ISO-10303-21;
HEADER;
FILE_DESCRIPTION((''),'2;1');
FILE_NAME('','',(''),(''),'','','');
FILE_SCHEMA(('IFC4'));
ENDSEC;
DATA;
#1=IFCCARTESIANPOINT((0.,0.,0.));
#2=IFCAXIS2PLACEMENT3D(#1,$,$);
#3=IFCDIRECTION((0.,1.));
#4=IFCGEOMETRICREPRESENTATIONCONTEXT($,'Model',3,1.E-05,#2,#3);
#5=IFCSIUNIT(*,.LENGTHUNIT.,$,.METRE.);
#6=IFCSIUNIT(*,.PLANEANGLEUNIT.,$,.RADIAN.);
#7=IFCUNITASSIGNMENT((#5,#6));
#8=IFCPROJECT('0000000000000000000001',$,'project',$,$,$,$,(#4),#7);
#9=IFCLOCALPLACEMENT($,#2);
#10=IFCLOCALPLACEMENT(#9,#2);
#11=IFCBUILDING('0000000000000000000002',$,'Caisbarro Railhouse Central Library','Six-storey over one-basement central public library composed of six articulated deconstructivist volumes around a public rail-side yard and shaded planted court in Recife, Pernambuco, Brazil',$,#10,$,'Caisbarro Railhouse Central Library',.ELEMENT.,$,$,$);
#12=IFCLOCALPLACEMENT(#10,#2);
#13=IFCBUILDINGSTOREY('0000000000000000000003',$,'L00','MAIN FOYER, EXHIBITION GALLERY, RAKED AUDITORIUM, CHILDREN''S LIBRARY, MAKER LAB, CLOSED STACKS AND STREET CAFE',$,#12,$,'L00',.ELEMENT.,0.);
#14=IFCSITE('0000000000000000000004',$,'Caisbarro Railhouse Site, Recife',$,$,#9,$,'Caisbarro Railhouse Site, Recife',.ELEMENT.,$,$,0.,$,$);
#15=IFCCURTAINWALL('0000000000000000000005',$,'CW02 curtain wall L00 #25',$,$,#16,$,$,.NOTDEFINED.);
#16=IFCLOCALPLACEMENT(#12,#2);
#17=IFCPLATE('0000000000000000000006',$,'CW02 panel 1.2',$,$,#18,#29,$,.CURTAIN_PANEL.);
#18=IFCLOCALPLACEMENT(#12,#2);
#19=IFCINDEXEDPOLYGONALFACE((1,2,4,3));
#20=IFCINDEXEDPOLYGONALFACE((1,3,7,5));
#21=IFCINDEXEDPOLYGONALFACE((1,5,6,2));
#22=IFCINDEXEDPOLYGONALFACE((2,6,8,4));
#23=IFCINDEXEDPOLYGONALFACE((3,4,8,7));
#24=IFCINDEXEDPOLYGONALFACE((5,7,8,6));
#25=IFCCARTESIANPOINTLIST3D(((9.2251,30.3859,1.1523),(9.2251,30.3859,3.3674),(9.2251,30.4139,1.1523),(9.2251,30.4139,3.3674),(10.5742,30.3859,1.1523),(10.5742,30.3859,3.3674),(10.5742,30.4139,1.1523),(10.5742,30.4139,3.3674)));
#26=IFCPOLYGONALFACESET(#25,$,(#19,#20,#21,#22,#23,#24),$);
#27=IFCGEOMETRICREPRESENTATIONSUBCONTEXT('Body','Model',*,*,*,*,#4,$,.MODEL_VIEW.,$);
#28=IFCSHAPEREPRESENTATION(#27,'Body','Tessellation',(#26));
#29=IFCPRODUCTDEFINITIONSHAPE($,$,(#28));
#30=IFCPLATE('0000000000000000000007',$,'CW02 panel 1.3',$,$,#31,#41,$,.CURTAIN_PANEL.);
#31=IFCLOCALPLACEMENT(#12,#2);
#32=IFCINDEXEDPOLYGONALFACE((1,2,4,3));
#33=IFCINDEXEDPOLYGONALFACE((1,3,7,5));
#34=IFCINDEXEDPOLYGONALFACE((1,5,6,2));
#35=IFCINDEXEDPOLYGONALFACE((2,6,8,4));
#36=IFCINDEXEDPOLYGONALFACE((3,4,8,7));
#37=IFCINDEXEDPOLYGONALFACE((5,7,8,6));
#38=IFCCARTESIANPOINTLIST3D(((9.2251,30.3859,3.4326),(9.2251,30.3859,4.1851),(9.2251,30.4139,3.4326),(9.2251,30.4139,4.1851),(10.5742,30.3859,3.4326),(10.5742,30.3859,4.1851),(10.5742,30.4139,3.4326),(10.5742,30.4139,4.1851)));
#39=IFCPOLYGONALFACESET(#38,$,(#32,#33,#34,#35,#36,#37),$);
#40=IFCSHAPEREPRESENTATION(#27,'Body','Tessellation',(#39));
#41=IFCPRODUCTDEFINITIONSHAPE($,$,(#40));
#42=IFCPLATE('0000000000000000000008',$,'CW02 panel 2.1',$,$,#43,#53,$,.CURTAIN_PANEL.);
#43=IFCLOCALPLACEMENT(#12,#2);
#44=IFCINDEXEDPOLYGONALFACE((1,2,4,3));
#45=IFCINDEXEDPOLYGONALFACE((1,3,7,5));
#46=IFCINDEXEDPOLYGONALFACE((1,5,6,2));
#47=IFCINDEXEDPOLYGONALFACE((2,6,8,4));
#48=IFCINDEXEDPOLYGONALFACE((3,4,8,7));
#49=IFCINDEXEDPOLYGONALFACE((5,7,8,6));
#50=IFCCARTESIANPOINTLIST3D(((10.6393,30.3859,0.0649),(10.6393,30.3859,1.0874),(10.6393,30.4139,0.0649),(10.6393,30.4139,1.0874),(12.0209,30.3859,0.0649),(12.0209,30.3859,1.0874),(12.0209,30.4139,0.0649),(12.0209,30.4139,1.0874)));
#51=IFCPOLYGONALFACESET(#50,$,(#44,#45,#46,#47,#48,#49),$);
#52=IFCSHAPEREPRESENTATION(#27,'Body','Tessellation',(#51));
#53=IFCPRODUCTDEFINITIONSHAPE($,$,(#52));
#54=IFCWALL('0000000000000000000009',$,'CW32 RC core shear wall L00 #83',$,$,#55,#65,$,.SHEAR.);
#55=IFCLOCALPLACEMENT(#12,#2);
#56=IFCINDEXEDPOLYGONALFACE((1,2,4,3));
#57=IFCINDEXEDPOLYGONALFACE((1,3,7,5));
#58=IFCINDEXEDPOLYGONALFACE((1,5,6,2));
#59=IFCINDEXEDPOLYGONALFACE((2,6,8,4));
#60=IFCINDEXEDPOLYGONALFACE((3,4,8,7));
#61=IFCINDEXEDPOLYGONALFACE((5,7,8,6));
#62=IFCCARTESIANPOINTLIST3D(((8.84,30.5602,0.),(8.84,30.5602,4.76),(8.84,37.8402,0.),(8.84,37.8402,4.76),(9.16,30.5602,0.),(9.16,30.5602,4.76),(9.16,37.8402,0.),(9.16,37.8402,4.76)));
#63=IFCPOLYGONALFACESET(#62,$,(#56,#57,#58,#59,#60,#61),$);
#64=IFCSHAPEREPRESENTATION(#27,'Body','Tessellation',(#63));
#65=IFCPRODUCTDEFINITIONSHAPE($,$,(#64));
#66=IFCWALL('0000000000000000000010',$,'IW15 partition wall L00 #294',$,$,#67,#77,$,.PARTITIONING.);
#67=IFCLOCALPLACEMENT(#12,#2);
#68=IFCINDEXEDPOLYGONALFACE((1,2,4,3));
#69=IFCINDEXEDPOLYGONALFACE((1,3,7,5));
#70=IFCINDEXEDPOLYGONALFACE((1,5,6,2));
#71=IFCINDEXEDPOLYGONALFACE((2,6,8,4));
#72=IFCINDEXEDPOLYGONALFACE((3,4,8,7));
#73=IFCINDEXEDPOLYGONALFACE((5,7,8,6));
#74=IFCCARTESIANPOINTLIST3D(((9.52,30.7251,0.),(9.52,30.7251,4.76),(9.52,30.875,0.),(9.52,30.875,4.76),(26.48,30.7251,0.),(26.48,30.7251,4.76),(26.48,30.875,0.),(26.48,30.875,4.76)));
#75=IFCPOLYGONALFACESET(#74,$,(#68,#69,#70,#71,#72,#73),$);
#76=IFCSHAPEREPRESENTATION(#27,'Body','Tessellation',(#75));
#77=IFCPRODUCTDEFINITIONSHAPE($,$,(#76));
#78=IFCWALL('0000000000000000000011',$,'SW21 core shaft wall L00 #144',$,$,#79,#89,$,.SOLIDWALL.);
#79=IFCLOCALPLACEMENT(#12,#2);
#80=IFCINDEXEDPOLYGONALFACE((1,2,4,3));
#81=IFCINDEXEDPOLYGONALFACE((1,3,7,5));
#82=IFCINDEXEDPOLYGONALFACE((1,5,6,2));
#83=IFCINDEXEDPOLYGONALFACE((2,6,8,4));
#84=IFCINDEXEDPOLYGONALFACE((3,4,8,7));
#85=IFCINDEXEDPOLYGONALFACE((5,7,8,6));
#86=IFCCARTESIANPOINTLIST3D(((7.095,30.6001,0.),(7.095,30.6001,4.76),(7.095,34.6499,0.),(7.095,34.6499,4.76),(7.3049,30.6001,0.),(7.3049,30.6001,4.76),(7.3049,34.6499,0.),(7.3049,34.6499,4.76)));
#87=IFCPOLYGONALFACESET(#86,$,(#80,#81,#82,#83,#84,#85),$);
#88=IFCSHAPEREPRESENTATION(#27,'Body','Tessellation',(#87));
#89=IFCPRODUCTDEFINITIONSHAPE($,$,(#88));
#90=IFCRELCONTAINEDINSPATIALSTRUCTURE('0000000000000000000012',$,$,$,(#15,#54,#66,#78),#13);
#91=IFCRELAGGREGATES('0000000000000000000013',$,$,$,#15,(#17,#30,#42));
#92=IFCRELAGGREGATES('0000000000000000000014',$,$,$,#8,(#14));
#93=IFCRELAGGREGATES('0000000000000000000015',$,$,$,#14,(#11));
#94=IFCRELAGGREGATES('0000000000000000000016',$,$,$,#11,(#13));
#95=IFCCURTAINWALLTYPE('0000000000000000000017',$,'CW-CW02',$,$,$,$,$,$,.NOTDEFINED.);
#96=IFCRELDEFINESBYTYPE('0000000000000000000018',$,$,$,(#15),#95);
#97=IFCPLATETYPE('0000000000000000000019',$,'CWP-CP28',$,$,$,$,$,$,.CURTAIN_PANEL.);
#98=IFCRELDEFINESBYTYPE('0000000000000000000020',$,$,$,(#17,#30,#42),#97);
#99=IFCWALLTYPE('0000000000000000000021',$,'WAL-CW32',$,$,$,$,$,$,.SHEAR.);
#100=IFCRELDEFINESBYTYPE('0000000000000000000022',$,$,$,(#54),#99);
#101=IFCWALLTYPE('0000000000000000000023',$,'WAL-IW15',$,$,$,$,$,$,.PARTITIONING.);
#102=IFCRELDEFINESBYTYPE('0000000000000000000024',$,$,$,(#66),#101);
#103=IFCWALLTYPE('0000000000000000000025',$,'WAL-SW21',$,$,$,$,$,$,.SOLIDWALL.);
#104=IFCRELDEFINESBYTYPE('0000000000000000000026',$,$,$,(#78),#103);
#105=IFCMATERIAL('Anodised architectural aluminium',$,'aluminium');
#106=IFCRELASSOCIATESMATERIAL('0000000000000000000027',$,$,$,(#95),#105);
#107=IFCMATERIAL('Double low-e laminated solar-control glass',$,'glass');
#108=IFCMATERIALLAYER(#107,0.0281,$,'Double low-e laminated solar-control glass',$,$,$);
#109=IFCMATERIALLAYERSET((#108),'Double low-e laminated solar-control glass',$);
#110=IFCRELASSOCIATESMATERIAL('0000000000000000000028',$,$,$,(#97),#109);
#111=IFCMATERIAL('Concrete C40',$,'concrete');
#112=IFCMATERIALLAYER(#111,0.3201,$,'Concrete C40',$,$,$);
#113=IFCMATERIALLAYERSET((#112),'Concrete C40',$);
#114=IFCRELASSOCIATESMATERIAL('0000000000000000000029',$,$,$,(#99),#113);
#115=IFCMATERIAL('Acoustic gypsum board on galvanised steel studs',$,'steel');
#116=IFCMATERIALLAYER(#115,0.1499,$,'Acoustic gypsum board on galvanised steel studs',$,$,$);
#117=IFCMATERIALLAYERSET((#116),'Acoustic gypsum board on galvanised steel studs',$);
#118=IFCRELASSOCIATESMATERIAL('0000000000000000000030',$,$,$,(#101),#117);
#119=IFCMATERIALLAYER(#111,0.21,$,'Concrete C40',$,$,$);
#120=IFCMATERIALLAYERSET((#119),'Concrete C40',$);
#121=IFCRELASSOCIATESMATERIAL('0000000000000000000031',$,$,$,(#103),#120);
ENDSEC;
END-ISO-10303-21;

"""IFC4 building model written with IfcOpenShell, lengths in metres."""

from ifc_helpers import new_model, si_unit, direction, frame, frame_2d, origin, origin_2d, place, context, subcontext, project, spatial, rectangle, extrude, material, layer, layer_set, type_object, element, aggregate, save


model = new_model("IFC4")

# Units and contexts
model_context = context("Model", 3, precision=1e-05, world=origin(), true_north=direction((0.0, 1.0)))
body_context = subcontext(model_context, "Body", "Model", "MODEL_VIEW")
ifc_project = project(units=[si_unit("LENGTHUNIT", "METRE"), si_unit("PLANEANGLEUNIT", "RADIAN")], contexts=[model_context])

# Site, building, storey
site_placement = place(None, origin())
site = spatial("IfcSite", under=ifc_project, at=site_placement, Name="Caisbarro Railhouse Site, Recife", LongName="Caisbarro Railhouse Site, Recife", CompositionType="ELEMENT", RefElevation=0.0)
building_placement = place(site_placement, origin())
building = spatial("IfcBuilding", under=site, at=building_placement, Name="Caisbarro Railhouse Central Library", Description="Six-storey over one-basement central public library composed of six articulated deconstructivist volumes around a public rail-side yard and shaded planted court in Recife, Pernambuco, Brazil", LongName="Caisbarro Railhouse Central Library", CompositionType="ELEMENT")
storey_placement = place(building_placement, origin())
storey = spatial("IfcBuildingStorey", under=building, at=storey_placement, Name="L00", Description="MAIN FOYER, EXHIBITION GALLERY, RAKED AUDITORIUM, CHILDREN'S LIBRARY, MAKER LAB, CLOSED STACKS AND STREET CAFE", LongName="L00", CompositionType="ELEMENT", Elevation=0.0)

# Curtain wall, plates
ifc_material_1 = material(Name="Anodised architectural aluminium", Category="aluminium")
curtain_wall_type = type_object("IfcCurtainWallType", Name="CW-CW02", PredefinedType="NOTDEFINED", material=ifc_material_1)
curtain_wall_placement = place(storey_placement, origin())
curtain_wall = element("IfcCurtainWall", 1, at=curtain_wall_placement, inside=storey, type_object=curtain_wall_type, Name="CW02 curtain wall L00 #25", PredefinedType="NOTDEFINED")
ifc_material_2 = material(Name="Double low-e laminated solar-control glass", Category="glass")
ifc_layer_1 = layer(ifc_material_2, 0.0281, Name="Double low-e laminated solar-control glass")
ifc_layer_set_1 = layer_set([ifc_layer_1], Name="Double low-e laminated solar-control glass")
plate_type = type_object("IfcPlateType", Name="CWP-CP28", PredefinedType="CURTAIN_PANEL", material=ifc_layer_set_1)
plate_1_placement = place(storey_placement, frame((9.8997, 30.3999, 1.1523), z_axis=(0.0, 0.0, 1.0), x_axis=(1.0, 0.0, 0.0)))
plate_1 = element("IfcPlate", 2, at=plate_1_placement, type_object=plate_type, Name="CW02 panel 1.2", PredefinedType="CURTAIN_PANEL", context=body_context, shape_type="SweptSolid", body=[
    extrude(rectangle(XDim=1.3491, YDim=0.0281, at=origin_2d()), origin(), (0.0, 0.0, 1.0), 2.2151),
])
plate_2_placement = place(storey_placement, frame((9.8997, 30.3999, 3.4326), z_axis=(0.0, 0.0, 1.0), x_axis=(1.0, 0.0, 0.0)))
plate_2 = element("IfcPlate", 3, at=plate_2_placement, type_object=plate_type, Name="CW02 panel 1.3", PredefinedType="CURTAIN_PANEL", context=body_context, shape_type="SweptSolid", body=[
    extrude(rectangle(XDim=1.3491, YDim=0.0281, at=origin_2d()), origin(), (0.0, 0.0, 1.0), 0.7524),
])
plate_3_placement = place(storey_placement, frame((11.3301, 30.3999, 0.0649), z_axis=(0.0, 0.0, 1.0), x_axis=(1.0, 0.0, 0.0)))
plate_3 = element("IfcPlate", 4, at=plate_3_placement, type_object=plate_type, Name="CW02 panel 2.1", PredefinedType="CURTAIN_PANEL", context=body_context, shape_type="SweptSolid", body=[
    extrude(rectangle(XDim=1.3816, YDim=0.0281, at=origin_2d()), origin(), (0.0, 0.0, 1.0), 1.0225),
])
aggregate(curtain_wall, [plate_1, plate_2, plate_3])

# Walls
ifc_material_3 = material(Name="Concrete C40", Category="concrete")
ifc_layer_2 = layer(ifc_material_3, 0.3201, Name="Concrete C40")
ifc_layer_set_2 = layer_set([ifc_layer_2], Name="Concrete C40")
wall_type_1 = type_object("IfcWallType", Name="WAL-CW32", PredefinedType="SHEAR", material=ifc_layer_set_2)
wall_1_placement = place(storey_placement, frame((9.0, 30.5601, 0.0), z_axis=(0.0, 0.0, 1.0), x_axis=(0.0, 1.0, 0.0)))
element("IfcWall", 5, at=wall_1_placement, inside=storey, type_object=wall_type_1, Name="CW32 RC core shear wall L00 #83", PredefinedType="SHEAR", context=body_context, shape_type="SweptSolid", body=[
    extrude(rectangle(XDim=7.28, YDim=0.3201, at=frame_2d((3.6401, 0.0))), origin(), (0.0, 0.0, 1.0), 4.76),
])
ifc_material_4 = material(Name="Acoustic gypsum board on galvanised steel studs", Category="steel")
ifc_layer_3 = layer(ifc_material_4, 0.1499, Name="Acoustic gypsum board on galvanised steel studs")
ifc_layer_set_3 = layer_set([ifc_layer_3], Name="Acoustic gypsum board on galvanised steel studs")
wall_type_2 = type_object("IfcWallType", Name="WAL-IW15", PredefinedType="PARTITIONING", material=ifc_layer_set_3)
wall_2_placement = place(storey_placement, frame((9.52, 30.8, 0.0), z_axis=(0.0, 0.0, 1.0), x_axis=(1.0, 0.0, 0.0)))
element("IfcWall", 6, at=wall_2_placement, inside=storey, type_object=wall_type_2, Name="IW15 partition wall L00 #294", PredefinedType="PARTITIONING", context=body_context, shape_type="SweptSolid", body=[
    extrude(rectangle(XDim=16.96, YDim=0.1499, at=frame_2d((8.48, 0.0))), origin(), (0.0, 0.0, 1.0), 4.76),
])
ifc_layer_4 = layer(ifc_material_3, 0.21, Name="Concrete C40")
ifc_layer_set_4 = layer_set([ifc_layer_4], Name="Concrete C40")
wall_type_3 = type_object("IfcWallType", Name="WAL-SW21", PredefinedType="SOLIDWALL", material=ifc_layer_set_4)
wall_3_placement = place(storey_placement, frame((7.2, 30.6001, 0.0), z_axis=(0.0, 0.0, 1.0), x_axis=(0.0, 1.0, 0.0)))
element("IfcWall", 7, at=wall_3_placement, inside=storey, type_object=wall_type_3, Name="SW21 core shaft wall L00 #144", PredefinedType="SOLIDWALL", context=body_context, shape_type="SweptSolid", body=[
    extrude(rectangle(XDim=4.0498, YDim=0.21, at=frame_2d((2.0249, 0.0))), origin(), (0.0, 0.0, 1.0), 4.76),
])

save(model, "model.ifc")
